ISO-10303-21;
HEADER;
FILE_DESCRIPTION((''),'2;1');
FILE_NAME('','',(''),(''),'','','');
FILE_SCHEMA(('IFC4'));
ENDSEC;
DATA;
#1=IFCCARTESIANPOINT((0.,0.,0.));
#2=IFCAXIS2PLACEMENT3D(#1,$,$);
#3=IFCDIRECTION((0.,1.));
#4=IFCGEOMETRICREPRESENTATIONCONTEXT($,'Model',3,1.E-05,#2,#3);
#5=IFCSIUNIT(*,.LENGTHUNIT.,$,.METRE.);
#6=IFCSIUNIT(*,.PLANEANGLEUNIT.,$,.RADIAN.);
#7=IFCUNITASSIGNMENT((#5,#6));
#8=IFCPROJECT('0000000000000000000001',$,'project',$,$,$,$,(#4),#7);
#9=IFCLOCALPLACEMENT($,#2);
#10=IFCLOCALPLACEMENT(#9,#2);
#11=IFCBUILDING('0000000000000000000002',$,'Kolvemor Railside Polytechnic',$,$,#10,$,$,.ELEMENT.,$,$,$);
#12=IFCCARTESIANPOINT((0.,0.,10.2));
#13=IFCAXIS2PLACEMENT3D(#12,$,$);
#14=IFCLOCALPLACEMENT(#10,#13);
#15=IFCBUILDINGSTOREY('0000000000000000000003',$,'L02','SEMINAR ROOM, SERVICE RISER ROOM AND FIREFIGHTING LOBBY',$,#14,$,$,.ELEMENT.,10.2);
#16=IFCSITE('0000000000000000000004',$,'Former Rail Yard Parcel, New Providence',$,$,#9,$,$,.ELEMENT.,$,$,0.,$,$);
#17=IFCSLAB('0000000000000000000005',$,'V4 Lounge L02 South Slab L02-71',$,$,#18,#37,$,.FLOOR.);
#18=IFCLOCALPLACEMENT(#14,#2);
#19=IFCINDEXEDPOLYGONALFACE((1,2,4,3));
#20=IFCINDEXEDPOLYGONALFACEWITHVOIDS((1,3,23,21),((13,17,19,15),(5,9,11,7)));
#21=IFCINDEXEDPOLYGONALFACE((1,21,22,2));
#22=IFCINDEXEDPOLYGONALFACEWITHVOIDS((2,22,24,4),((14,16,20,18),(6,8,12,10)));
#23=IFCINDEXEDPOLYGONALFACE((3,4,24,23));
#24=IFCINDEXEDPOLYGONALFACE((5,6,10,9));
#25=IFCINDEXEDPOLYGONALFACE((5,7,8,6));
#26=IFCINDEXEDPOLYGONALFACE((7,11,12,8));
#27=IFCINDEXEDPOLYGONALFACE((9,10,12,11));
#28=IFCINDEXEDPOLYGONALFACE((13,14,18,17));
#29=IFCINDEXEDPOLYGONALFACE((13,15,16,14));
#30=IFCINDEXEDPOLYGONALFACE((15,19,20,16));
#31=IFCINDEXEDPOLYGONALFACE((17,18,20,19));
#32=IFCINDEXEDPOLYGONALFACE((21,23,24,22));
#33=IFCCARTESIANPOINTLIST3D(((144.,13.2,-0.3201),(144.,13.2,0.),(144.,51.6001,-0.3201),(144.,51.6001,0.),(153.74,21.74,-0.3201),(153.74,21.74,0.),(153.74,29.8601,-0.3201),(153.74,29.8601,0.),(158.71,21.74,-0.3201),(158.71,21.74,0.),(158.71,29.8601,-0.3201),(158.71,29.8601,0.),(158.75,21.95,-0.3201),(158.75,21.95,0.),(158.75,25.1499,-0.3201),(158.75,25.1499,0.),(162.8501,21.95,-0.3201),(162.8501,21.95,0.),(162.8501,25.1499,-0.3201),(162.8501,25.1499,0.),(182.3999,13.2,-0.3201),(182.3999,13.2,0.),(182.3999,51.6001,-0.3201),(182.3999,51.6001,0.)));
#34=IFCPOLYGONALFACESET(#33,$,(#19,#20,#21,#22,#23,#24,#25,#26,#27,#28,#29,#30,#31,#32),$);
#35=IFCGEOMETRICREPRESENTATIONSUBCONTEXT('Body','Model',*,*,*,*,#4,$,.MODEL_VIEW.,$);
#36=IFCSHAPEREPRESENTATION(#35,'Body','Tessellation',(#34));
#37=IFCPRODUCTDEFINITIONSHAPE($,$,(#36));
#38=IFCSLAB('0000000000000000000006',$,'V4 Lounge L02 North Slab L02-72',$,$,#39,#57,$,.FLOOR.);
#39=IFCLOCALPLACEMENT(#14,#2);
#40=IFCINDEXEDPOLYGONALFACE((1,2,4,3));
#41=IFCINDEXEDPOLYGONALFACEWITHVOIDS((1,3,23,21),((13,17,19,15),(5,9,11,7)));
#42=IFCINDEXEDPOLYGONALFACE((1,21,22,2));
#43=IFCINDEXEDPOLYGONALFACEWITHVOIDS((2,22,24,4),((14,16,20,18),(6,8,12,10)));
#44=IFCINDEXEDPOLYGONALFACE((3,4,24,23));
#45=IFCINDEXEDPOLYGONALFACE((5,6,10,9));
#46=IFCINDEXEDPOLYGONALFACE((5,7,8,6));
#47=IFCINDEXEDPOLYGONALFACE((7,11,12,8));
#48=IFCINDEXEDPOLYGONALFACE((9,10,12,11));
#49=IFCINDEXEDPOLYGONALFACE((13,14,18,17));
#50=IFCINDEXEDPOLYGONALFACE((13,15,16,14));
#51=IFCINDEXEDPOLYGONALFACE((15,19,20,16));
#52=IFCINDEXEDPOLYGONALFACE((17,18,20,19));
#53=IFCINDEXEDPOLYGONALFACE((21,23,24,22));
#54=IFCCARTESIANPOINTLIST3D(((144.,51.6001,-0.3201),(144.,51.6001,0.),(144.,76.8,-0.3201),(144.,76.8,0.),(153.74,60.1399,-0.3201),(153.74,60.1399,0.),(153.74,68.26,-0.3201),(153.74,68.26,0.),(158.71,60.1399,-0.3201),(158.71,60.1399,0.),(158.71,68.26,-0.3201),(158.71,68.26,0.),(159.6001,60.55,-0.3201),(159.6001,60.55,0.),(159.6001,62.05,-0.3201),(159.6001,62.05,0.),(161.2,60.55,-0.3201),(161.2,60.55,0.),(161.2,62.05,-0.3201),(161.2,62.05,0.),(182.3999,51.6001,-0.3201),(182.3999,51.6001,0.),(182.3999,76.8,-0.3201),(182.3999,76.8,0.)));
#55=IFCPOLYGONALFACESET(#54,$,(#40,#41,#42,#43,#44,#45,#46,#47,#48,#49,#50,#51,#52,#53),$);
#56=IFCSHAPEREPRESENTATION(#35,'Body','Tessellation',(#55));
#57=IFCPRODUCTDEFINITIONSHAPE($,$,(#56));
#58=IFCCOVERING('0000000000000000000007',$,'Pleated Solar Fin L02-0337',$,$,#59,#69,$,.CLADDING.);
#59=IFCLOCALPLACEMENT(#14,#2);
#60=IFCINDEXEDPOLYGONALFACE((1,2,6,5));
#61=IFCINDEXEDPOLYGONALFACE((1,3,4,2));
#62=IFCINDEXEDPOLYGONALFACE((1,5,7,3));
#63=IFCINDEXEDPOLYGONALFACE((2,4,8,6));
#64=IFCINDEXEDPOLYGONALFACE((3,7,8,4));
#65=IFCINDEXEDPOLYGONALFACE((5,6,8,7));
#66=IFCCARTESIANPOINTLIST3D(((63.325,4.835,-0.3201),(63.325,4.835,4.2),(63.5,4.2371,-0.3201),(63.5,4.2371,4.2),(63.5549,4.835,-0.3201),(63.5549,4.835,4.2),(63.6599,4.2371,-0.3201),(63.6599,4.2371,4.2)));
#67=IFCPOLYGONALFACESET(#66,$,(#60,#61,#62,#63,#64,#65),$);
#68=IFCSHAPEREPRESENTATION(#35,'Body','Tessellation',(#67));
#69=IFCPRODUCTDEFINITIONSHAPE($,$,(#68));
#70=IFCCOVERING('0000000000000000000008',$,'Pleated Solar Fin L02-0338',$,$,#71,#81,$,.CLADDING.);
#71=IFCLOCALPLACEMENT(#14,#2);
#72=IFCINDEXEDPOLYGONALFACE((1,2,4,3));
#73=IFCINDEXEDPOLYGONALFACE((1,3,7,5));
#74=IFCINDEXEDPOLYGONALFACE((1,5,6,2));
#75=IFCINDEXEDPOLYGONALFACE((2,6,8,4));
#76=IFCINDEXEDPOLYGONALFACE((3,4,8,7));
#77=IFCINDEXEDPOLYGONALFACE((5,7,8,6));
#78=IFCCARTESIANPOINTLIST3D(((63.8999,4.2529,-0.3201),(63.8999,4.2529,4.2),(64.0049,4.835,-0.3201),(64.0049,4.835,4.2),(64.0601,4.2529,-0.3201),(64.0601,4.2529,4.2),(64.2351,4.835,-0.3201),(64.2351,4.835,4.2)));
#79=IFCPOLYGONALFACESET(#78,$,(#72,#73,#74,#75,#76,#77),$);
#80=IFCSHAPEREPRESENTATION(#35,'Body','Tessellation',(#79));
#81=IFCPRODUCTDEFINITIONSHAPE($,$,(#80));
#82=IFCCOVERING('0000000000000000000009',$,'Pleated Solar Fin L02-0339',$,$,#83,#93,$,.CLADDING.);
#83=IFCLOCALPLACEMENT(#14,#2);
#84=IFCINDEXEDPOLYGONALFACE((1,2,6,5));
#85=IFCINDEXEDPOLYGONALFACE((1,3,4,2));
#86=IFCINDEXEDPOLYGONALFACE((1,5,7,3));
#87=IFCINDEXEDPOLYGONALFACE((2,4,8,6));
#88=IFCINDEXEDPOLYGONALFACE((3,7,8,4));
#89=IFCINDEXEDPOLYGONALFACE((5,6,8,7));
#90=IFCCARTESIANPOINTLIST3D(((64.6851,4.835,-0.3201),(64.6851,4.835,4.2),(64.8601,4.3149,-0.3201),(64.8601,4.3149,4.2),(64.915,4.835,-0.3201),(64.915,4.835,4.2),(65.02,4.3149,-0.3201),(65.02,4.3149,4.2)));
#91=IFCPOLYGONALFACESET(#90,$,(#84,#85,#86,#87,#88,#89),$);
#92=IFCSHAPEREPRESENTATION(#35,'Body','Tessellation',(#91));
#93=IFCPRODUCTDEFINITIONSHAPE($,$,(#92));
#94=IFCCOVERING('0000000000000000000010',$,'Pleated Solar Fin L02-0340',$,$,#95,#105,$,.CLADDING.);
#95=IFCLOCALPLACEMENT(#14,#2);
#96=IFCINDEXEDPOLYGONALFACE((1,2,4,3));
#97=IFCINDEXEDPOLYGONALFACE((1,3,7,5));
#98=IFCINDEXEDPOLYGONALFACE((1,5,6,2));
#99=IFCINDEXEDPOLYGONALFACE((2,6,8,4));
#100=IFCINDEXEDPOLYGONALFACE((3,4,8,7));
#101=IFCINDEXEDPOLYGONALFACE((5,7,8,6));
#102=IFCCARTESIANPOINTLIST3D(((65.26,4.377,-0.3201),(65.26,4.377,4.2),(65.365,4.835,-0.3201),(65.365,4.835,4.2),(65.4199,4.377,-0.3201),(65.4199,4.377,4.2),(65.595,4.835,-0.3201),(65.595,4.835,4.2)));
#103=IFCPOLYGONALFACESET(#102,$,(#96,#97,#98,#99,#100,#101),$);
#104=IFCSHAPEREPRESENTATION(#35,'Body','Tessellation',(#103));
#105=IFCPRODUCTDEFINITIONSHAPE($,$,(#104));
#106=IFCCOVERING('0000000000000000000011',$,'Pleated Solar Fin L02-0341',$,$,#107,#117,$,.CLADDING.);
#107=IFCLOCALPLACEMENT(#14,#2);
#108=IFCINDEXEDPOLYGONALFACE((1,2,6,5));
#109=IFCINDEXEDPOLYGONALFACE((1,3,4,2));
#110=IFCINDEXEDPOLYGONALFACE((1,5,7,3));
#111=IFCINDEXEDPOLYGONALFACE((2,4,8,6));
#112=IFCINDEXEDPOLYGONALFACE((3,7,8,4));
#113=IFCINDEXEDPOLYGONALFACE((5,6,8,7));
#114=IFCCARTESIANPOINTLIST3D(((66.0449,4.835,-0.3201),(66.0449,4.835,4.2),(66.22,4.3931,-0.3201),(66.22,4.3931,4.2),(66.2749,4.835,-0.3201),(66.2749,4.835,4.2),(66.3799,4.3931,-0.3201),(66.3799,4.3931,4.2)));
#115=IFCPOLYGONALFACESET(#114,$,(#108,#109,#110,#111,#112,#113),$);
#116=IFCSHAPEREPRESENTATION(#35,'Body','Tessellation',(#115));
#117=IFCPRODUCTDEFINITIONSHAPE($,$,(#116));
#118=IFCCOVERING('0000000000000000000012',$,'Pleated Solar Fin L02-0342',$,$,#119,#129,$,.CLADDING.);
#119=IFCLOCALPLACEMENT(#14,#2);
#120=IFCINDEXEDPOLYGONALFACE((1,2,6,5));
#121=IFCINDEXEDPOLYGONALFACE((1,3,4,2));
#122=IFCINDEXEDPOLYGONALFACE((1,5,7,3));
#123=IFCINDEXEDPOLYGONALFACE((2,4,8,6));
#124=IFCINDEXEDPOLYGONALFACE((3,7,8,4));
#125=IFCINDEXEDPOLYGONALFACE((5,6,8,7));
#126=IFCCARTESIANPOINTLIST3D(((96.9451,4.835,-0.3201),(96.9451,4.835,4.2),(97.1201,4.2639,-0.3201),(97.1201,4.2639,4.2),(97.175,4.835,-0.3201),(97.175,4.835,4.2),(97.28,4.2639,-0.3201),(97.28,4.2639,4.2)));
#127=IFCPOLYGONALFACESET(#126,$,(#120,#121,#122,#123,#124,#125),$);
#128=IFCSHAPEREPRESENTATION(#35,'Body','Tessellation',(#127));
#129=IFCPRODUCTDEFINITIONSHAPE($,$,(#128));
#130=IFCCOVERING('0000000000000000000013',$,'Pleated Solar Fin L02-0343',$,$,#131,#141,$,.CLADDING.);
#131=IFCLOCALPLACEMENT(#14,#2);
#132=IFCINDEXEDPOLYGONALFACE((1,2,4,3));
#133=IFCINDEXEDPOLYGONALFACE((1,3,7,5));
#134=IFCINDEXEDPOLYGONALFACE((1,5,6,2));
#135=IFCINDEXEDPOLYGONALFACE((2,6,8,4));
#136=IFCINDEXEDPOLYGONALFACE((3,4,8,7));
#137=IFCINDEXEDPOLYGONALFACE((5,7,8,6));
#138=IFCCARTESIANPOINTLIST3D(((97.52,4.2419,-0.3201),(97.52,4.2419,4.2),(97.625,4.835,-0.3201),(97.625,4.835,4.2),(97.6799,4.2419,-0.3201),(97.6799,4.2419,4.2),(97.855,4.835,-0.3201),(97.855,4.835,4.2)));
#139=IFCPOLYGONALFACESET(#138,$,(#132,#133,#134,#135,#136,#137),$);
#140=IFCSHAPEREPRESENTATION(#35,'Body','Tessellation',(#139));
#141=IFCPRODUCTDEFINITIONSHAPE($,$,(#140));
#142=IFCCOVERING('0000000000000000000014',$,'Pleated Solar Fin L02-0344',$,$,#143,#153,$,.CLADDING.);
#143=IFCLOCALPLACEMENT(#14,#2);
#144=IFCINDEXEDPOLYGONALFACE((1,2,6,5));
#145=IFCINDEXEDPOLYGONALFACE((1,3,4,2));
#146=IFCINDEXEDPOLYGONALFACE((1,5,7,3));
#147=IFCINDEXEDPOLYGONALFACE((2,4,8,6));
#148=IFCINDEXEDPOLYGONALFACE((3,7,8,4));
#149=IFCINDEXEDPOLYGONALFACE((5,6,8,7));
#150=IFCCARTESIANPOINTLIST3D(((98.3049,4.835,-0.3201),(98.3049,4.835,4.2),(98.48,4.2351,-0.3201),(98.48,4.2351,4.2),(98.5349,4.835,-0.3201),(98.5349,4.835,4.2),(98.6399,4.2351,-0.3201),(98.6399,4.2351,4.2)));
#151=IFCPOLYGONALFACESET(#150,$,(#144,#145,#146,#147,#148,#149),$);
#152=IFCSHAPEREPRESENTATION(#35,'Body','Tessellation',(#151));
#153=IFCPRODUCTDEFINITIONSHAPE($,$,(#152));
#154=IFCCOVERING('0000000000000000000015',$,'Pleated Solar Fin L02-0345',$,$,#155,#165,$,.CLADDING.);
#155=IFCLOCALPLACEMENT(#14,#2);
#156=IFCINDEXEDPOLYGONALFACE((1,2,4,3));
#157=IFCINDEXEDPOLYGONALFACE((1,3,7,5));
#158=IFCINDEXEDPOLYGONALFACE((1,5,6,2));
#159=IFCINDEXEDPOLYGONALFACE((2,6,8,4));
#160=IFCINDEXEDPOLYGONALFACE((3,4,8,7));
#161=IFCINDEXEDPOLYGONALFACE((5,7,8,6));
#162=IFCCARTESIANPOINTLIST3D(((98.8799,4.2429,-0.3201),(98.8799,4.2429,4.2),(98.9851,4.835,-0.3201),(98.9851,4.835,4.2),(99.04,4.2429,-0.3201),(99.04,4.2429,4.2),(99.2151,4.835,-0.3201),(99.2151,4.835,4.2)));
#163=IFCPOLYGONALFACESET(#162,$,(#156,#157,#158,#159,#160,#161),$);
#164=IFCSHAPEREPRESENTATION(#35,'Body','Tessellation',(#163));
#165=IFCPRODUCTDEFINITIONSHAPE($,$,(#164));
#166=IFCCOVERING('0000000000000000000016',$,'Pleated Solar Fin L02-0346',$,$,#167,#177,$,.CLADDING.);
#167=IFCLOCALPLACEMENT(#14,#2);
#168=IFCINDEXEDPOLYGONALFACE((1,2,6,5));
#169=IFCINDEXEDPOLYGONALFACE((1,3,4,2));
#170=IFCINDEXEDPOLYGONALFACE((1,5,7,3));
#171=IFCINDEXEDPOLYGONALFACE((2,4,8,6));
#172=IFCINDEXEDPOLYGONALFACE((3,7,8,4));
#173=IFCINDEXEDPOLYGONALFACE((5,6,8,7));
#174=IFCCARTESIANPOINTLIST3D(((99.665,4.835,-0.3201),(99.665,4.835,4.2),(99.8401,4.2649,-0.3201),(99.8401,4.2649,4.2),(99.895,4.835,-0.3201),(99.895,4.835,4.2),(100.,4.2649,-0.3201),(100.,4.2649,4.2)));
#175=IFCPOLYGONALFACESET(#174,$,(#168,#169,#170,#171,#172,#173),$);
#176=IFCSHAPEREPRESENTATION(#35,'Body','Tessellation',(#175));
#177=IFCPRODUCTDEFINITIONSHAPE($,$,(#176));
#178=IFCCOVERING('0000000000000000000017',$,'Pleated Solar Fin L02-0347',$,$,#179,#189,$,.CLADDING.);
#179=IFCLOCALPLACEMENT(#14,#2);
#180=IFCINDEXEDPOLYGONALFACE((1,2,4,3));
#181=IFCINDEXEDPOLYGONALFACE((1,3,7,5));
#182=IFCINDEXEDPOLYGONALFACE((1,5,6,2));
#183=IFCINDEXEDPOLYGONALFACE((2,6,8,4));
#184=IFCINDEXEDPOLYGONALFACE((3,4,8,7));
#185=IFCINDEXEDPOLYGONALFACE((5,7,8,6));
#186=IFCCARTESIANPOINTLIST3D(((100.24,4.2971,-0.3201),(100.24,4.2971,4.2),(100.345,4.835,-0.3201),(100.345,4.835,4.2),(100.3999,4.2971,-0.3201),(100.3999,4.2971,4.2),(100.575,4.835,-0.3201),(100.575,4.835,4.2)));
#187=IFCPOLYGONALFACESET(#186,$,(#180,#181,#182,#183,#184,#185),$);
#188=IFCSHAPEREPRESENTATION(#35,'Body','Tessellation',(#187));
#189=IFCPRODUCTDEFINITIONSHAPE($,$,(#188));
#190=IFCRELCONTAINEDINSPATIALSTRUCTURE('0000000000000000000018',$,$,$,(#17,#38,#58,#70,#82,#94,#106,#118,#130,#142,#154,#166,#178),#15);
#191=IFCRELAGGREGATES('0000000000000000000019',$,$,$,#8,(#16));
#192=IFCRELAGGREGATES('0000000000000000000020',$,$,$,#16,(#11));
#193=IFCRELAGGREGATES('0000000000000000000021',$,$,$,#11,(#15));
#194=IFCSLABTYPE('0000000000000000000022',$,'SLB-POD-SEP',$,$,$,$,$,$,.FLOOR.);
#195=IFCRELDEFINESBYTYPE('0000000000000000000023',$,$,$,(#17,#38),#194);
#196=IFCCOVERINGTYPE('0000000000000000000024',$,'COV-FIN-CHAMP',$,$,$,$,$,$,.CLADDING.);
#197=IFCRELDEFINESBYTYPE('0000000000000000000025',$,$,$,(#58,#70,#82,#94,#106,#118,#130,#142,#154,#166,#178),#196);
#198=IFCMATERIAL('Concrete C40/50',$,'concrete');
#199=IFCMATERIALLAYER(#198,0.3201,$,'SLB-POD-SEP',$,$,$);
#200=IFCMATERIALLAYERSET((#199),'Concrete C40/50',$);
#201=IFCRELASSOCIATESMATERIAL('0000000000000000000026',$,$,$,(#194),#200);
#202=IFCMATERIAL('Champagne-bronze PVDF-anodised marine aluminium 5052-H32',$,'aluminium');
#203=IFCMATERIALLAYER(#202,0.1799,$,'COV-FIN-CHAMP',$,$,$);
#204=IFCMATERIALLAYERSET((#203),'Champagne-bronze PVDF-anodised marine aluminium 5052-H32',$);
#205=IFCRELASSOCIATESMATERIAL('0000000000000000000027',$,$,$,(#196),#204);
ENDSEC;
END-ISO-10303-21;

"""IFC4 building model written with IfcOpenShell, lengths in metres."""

from ifc_helpers import new_model, si_unit, direction, frame, origin, place, context, subcontext, project, spatial, polyline, outline, extrude, material, layer, layer_set, type_object, element, save


model = new_model("IFC4")

# Units and contexts
model_context = context("Model", 3, precision=1e-05, world=origin(), true_north=direction((0.0, 1.0)))
body_context = subcontext(model_context, "Body", "Model", "MODEL_VIEW")
ifc_project = project(units=[si_unit("LENGTHUNIT", "METRE"), si_unit("PLANEANGLEUNIT", "RADIAN")], contexts=[model_context])

# Site, building, storey
site_placement = place(None, origin())
site = spatial("IfcSite", under=ifc_project, at=site_placement, Name="Former Rail Yard Parcel, New Providence", CompositionType="ELEMENT", RefElevation=0.0)
building_placement = place(site_placement, origin())
building = spatial("IfcBuilding", under=site, at=building_placement, Name="Kolvemor Railside Polytechnic", CompositionType="ELEMENT")
storey_placement = place(building_placement, frame((0.0, 0.0, 10.2)))
storey = spatial("IfcBuildingStorey", under=building, at=storey_placement, Name="L02", Description="SEMINAR ROOM, SERVICE RISER ROOM AND FIREFIGHTING LOBBY", CompositionType="ELEMENT", Elevation=10.2)

# Slabs
ifc_material_1 = material(Name="Concrete C40/50", Category="concrete")
ifc_layer_1 = layer(ifc_material_1, 0.3201, Name="SLB-POD-SEP")
ifc_layer_set_1 = layer_set([ifc_layer_1], Name="Concrete C40/50")
slab_type = type_object("IfcSlabType", Name="SLB-POD-SEP", PredefinedType="FLOOR", material=ifc_layer_set_1)
slab_1_placement = place(storey_placement, frame((0.0, 0.0, -0.3201)))
element("IfcSlab", 1, at=slab_1_placement, inside=storey, type_object=slab_type, Name="V4 Lounge L02 South Slab L02-71", PredefinedType="FLOOR", context=body_context, shape_type="SweptSolid", body=[
    extrude(outline(polyline([(144.0, 13.2), (182.3999, 13.2), (182.3999, 51.6001), (144.0, 51.6001), (144.0, 13.2)]), holes=[polyline([(153.74, 21.74), (158.71, 21.74), (158.71, 29.8601), (153.74, 29.8601), (153.74, 21.74)]), polyline([(158.75, 21.95), (162.8501, 21.95), (162.8501, 25.1499), (158.75, 25.1499), (158.75, 21.95)])]), origin(), (0.0, 0.0, 1.0), 0.3201),
])
slab_2_placement = place(storey_placement, frame((0.0, 0.0, -0.3201)))
element("IfcSlab", 2, at=slab_2_placement, inside=storey, type_object=slab_type, Name="V4 Lounge L02 North Slab L02-72", PredefinedType="FLOOR", context=body_context, shape_type="SweptSolid", body=[
    extrude(outline(polyline([(144.0, 51.6001), (182.3999, 51.6001), (182.3999, 76.8), (144.0, 76.8), (144.0, 51.6001)]), holes=[polyline([(153.74, 60.1399), (158.71, 60.1399), (158.71, 68.26), (153.74, 68.26), (153.74, 60.1399)]), polyline([(159.6001, 60.55), (161.2, 60.55), (161.2, 62.05), (159.6001, 62.05), (159.6001, 60.55)])]), origin(), (0.0, 0.0, 1.0), 0.3201),
])

# Coverings
ifc_material_2 = material(Name="Champagne-bronze PVDF-anodised marine aluminium 5052-H32", Category="aluminium")
ifc_layer_2 = layer(ifc_material_2, 0.1799, Name="COV-FIN-CHAMP")
ifc_layer_set_2 = layer_set([ifc_layer_2], Name="Champagne-bronze PVDF-anodised marine aluminium 5052-H32")
covering_type_1 = type_object("IfcCoveringType", Name="COV-FIN-CHAMP", PredefinedType="CLADDING", material=ifc_layer_set_2)
covering_1_placement = place(storey_placement, frame((0.0, 0.0, -0.3201)))
element("IfcCovering", 3, at=covering_1_placement, inside=storey, type_object=covering_type_1, Name="Pleated Solar Fin L02-0337", PredefinedType="CLADDING", context=body_context, shape_type="SweptSolid", body=[
    extrude(outline(polyline([(63.325, 4.835), (63.5549, 4.835), (63.6599, 4.2371), (63.5, 4.2371), (63.325, 4.835)])), origin(), (0.0, 0.0, 1.0), 4.52),
])
covering_2_placement = place(storey_placement, frame((0.0, 0.0, -0.3201)))
element("IfcCovering", 4, at=covering_2_placement, inside=storey, type_object=covering_type_1, Name="Pleated Solar Fin L02-0338", PredefinedType="CLADDING", context=body_context, shape_type="SweptSolid", body=[
    extrude(outline(polyline([(64.0049, 4.835), (64.2351, 4.835), (64.0601, 4.2529), (63.8999, 4.2529), (64.0049, 4.835)])), origin(), (0.0, 0.0, 1.0), 4.52),
])
covering_3_placement = place(storey_placement, frame((0.0, 0.0, -0.3201)))
element("IfcCovering", 5, at=covering_3_placement, inside=storey, type_object=covering_type_1, Name="Pleated Solar Fin L02-0339", PredefinedType="CLADDING", context=body_context, shape_type="SweptSolid", body=[
    extrude(outline(polyline([(64.6851, 4.835), (64.915, 4.835), (65.02, 4.3149), (64.8601, 4.3149), (64.6851, 4.835)])), origin(), (0.0, 0.0, 1.0), 4.52),
])
covering_4_placement = place(storey_placement, frame((0.0, 0.0, -0.3201)))
element("IfcCovering", 6, at=covering_4_placement, inside=storey, type_object=covering_type_1, Name="Pleated Solar Fin L02-0340", PredefinedType="CLADDING", context=body_context, shape_type="SweptSolid", body=[
    extrude(outline(polyline([(65.365, 4.835), (65.595, 4.835), (65.4199, 4.377), (65.26, 4.377), (65.365, 4.835)])), origin(), (0.0, 0.0, 1.0), 4.52),
])
covering_5_placement = place(storey_placement, frame((0.0, 0.0, -0.3201)))
element("IfcCovering", 7, at=covering_5_placement, inside=storey, type_object=covering_type_1, Name="Pleated Solar Fin L02-0341", PredefinedType="CLADDING", context=body_context, shape_type="SweptSolid", body=[
    extrude(outline(polyline([(66.0449, 4.835), (66.2749, 4.835), (66.3799, 4.3931), (66.22, 4.3931), (66.0449, 4.835)])), origin(), (0.0, 0.0, 1.0), 4.52),
])
covering_6_placement = place(storey_placement, frame((0.0, 0.0, -0.3201)))
element("IfcCovering", 8, at=covering_6_placement, inside=storey, type_object=covering_type_1, Name="Pleated Solar Fin L02-0342", PredefinedType="CLADDING", context=body_context, shape_type="SweptSolid", body=[
    extrude(outline(polyline([(96.9451, 4.835), (97.175, 4.835), (97.28, 4.2639), (97.1201, 4.2639), (96.9451, 4.835)])), origin(), (0.0, 0.0, 1.0), 4.52),
])
covering_7_placement = place(storey_placement, frame((0.0, 0.0, -0.3201)))
element("IfcCovering", 9, at=covering_7_placement, inside=storey, type_object=covering_type_1, Name="Pleated Solar Fin L02-0343", PredefinedType="CLADDING", context=body_context, shape_type="SweptSolid", body=[
    extrude(outline(polyline([(97.625, 4.835), (97.855, 4.835), (97.6799, 4.2419), (97.52, 4.2419), (97.625, 4.835)])), origin(), (0.0, 0.0, 1.0), 4.52),
])
covering_8_placement = place(storey_placement, frame((0.0, 0.0, -0.3201)))
element("IfcCovering", 10, at=covering_8_placement, inside=storey, type_object=covering_type_1, Name="Pleated Solar Fin L02-0344", PredefinedType="CLADDING", context=body_context, shape_type="SweptSolid", body=[
    extrude(outline(polyline([(98.3049, 4.835), (98.5349, 4.835), (98.6399, 4.2351), (98.48, 4.2351), (98.3049, 4.835)])), origin(), (0.0, 0.0, 1.0), 4.52),
])
covering_9_placement = place(storey_placement, frame((0.0, 0.0, -0.3201)))
element("IfcCovering", 11, at=covering_9_placement, inside=storey, type_object=covering_type_1, Name="Pleated Solar Fin L02-0345", PredefinedType="CLADDING", context=body_context, shape_type="SweptSolid", body=[
    extrude(outline(polyline([(98.9851, 4.835), (99.2151, 4.835), (99.04, 4.2429), (98.8799, 4.2429), (98.9851, 4.835)])), origin(), (0.0, 0.0, 1.0), 4.52),
])
covering_10_placement = place(storey_placement, frame((0.0, 0.0, -0.3201)))
element("IfcCovering", 12, at=covering_10_placement, inside=storey, type_object=covering_type_1, Name="Pleated Solar Fin L02-0346", PredefinedType="CLADDING", context=body_context, shape_type="SweptSolid", body=[
    extrude(outline(polyline([(99.665, 4.835), (99.895, 4.835), (100.0, 4.2649), (99.8401, 4.2649), (99.665, 4.835)])), origin(), (0.0, 0.0, 1.0), 4.52),
])
covering_11_placement = place(storey_placement, frame((0.0, 0.0, -0.3201)))
element("IfcCovering", 13, at=covering_11_placement, inside=storey, type_object=covering_type_1, Name="Pleated Solar Fin L02-0347", PredefinedType="CLADDING", context=body_context, shape_type="SweptSolid", body=[
    extrude(outline(polyline([(100.345, 4.835), (100.575, 4.835), (100.3999, 4.2971), (100.24, 4.2971), (100.345, 4.835)])), origin(), (0.0, 0.0, 1.0), 4.52),
])

save(model, "model.ifc")
